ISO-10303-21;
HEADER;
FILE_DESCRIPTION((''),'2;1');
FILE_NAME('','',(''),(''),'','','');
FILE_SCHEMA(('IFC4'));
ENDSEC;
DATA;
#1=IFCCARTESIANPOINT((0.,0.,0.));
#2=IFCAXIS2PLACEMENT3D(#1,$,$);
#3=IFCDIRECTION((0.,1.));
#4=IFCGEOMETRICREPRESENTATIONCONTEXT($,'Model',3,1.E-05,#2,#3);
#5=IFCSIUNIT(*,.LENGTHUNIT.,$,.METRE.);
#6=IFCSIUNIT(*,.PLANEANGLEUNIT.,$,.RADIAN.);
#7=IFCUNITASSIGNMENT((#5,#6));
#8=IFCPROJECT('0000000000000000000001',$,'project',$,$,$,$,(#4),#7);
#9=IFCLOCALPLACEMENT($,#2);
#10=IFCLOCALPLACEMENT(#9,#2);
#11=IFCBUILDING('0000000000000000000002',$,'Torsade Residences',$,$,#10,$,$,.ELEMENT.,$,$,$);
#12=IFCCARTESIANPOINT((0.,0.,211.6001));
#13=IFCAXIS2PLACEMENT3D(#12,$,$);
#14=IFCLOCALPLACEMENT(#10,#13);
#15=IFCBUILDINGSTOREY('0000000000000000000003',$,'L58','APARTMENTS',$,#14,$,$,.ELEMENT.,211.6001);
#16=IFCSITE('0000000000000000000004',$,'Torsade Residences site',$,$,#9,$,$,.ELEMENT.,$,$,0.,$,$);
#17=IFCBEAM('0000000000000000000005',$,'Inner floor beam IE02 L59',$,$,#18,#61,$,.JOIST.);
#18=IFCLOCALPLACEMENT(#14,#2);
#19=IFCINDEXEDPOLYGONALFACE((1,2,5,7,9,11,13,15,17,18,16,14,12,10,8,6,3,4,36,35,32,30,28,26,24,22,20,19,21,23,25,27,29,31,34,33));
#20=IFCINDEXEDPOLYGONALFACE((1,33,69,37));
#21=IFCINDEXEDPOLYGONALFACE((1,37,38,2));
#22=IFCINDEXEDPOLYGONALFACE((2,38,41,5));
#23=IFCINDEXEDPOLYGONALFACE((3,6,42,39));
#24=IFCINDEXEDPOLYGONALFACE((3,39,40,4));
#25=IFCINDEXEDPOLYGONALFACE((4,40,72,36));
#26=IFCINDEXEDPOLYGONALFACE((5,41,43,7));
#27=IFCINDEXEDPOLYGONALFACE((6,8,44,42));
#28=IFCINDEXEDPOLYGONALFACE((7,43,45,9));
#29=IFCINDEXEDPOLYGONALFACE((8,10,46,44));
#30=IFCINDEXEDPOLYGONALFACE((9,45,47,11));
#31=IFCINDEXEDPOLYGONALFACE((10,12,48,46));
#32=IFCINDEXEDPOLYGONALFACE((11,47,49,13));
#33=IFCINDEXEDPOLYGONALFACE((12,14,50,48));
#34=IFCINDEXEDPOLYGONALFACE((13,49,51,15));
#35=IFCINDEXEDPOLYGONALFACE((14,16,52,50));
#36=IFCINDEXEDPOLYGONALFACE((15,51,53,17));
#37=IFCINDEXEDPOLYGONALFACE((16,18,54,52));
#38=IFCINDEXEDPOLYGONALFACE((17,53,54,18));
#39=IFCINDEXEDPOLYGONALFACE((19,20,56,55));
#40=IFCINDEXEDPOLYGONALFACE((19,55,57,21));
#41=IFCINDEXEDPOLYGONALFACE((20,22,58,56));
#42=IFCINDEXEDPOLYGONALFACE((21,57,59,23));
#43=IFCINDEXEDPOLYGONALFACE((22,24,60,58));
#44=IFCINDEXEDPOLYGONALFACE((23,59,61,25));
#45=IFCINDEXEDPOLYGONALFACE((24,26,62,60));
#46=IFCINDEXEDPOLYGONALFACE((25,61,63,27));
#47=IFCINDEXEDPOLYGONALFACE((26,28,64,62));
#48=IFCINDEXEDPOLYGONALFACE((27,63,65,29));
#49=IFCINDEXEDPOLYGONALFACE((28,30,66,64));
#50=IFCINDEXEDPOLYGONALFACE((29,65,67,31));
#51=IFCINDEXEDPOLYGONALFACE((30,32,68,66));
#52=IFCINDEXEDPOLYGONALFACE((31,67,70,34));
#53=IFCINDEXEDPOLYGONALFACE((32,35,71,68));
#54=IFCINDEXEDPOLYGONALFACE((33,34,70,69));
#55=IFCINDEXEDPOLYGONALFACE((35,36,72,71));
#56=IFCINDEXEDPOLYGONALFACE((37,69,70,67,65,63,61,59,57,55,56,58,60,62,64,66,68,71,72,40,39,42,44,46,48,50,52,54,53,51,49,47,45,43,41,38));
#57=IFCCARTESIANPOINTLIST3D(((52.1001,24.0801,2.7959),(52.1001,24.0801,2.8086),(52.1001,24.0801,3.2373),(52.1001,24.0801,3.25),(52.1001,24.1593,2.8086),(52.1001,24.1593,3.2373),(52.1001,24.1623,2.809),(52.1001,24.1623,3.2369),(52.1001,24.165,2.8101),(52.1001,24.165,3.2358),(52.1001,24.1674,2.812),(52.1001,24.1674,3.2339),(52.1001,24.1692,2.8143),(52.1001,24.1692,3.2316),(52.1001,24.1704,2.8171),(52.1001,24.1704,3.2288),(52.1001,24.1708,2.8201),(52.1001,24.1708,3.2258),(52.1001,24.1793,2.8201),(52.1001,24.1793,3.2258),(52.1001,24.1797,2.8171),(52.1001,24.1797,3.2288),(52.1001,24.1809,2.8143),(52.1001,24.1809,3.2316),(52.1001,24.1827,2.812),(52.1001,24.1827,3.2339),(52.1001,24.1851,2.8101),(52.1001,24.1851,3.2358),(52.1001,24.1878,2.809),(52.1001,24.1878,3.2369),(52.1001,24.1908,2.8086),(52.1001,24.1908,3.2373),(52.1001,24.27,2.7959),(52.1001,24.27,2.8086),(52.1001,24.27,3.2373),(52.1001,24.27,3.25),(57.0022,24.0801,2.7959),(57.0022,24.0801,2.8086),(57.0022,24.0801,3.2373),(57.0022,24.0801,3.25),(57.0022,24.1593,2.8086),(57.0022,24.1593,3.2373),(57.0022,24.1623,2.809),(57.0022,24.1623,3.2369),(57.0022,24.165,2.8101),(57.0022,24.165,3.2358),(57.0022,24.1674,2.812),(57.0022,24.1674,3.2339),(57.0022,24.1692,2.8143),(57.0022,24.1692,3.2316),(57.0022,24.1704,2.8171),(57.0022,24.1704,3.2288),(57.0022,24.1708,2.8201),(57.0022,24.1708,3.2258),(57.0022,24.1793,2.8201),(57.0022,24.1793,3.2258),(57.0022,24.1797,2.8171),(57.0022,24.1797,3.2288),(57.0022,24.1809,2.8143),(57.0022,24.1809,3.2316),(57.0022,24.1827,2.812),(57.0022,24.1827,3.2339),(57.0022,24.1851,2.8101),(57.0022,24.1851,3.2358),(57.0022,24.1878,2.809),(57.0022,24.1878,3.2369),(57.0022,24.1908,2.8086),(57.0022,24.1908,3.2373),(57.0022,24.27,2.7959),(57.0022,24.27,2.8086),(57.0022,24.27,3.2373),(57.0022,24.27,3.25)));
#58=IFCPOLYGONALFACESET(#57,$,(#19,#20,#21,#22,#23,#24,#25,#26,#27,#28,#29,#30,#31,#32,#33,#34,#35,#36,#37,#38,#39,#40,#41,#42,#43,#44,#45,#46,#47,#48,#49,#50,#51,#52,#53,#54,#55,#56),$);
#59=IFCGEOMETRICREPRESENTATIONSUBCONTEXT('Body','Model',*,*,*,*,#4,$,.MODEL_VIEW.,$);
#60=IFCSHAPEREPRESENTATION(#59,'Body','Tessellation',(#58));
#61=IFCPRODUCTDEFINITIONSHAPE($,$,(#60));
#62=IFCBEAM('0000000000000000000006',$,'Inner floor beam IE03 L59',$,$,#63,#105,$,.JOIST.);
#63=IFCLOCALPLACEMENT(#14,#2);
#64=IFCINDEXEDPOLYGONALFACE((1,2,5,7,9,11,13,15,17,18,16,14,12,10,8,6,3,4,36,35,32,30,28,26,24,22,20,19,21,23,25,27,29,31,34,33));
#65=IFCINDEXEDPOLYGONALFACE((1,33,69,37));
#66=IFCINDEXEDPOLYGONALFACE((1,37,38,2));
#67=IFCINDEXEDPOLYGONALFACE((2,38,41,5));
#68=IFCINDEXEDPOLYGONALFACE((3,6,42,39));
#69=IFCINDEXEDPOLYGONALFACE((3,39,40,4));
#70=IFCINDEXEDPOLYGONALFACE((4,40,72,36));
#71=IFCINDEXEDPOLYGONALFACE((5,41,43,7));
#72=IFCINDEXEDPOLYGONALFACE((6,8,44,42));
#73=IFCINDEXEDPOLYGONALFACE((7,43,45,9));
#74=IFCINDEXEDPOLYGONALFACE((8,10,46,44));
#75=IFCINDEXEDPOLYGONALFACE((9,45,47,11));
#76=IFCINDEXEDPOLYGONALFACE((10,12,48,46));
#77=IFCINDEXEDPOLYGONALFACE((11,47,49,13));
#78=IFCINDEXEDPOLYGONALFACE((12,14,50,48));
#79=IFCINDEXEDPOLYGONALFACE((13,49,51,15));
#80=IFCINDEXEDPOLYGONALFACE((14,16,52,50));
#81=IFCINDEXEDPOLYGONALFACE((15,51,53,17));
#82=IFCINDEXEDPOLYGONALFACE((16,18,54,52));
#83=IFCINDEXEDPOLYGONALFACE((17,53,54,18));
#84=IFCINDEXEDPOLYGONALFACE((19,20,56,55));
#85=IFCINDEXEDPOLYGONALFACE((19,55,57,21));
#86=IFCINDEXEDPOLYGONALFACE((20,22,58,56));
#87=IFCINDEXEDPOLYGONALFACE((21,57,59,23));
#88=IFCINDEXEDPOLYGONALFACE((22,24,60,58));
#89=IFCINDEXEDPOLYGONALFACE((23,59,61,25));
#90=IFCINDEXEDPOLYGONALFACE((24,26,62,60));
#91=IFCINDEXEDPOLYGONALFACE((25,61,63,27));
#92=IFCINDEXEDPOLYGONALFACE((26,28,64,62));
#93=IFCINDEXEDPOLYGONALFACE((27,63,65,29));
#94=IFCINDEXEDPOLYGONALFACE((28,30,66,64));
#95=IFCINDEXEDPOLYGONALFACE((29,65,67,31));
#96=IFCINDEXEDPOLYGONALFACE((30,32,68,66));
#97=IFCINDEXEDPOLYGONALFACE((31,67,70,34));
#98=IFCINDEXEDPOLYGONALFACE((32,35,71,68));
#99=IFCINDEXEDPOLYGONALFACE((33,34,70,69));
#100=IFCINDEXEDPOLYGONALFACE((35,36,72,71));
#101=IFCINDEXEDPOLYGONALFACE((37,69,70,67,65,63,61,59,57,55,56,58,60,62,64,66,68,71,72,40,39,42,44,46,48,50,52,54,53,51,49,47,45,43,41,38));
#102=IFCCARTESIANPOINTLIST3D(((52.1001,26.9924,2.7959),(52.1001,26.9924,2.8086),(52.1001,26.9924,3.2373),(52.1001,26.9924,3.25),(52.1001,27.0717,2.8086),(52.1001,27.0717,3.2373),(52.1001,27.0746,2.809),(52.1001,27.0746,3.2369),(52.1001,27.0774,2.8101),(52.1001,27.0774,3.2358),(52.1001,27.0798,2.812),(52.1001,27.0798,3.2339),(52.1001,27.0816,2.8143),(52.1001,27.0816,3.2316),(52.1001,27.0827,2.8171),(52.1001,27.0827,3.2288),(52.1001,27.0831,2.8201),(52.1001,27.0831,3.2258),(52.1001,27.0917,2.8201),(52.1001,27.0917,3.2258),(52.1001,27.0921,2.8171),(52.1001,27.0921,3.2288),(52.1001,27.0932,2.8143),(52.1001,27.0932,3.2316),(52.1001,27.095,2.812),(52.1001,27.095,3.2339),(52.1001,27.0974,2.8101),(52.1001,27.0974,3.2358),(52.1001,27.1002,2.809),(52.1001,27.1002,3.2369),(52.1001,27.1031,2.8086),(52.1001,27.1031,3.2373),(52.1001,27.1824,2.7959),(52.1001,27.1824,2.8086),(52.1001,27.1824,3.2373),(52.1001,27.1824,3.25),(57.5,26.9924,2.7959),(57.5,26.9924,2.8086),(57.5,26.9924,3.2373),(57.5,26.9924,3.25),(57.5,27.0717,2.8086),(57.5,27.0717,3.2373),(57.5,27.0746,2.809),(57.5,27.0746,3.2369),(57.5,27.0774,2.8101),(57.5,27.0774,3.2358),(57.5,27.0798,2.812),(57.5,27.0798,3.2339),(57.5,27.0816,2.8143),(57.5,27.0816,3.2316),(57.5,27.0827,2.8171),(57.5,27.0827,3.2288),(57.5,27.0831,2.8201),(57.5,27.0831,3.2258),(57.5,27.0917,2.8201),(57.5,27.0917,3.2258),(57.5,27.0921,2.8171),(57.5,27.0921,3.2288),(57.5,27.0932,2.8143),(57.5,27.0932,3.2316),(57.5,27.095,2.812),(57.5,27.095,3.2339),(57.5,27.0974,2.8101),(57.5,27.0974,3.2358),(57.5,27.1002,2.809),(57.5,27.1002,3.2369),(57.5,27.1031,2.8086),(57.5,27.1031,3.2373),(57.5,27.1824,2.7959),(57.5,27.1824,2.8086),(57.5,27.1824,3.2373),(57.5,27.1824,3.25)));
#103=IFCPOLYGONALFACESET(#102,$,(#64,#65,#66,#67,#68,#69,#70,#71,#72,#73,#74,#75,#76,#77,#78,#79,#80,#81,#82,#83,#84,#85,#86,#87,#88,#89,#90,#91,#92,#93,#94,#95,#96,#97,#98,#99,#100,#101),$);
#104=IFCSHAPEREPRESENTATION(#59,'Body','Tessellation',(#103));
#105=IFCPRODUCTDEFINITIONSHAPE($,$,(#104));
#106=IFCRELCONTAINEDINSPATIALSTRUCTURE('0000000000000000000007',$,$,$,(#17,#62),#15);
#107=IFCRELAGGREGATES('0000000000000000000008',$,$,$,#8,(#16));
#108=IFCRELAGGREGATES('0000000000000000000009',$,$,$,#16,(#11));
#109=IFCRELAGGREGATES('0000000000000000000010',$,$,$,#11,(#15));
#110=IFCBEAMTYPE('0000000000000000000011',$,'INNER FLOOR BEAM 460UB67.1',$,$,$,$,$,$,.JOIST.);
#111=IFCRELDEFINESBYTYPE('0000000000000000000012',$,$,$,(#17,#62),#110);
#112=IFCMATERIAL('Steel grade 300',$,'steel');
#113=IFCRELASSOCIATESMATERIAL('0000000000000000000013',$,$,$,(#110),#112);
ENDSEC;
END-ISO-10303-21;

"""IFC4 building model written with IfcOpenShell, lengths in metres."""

from ifc_helpers import new_model, si_unit, direction, frame, origin, origin_2d, place, context, subcontext, project, spatial, i_section, extrude, material, material_profile, profile_set, type_object, element, save


model = new_model("IFC4")

# Units and contexts
model_context = context("Model", 3, precision=1e-05, world=origin(), true_north=direction((0.0, 1.0)))
body_context = subcontext(model_context, "Body", "Model", "MODEL_VIEW")
ifc_project = project(units=[si_unit("LENGTHUNIT", "METRE"), si_unit("PLANEANGLEUNIT", "RADIAN")], contexts=[model_context])

# Site, building, storey
site_placement = place(None, origin())
site = spatial("IfcSite", under=ifc_project, at=site_placement, Name="Torsade Residences site", CompositionType="ELEMENT", RefElevation=0.0)
building_placement = place(site_placement, origin())
building = spatial("IfcBuilding", under=site, at=building_placement, Name="Torsade Residences", CompositionType="ELEMENT")
storey_placement = place(building_placement, frame((0.0, 0.0, 211.6001)))
storey = spatial("IfcBuildingStorey", under=building, at=storey_placement, Name="L58", Description="APARTMENTS", CompositionType="ELEMENT", Elevation=211.6001)

# Beams
ifc_material_1 = material(Name="Steel grade 300", Category="steel")
ifc_material_profile = material_profile(ifc_material_1, i_section(OverallWidth=0.1899, OverallDepth=0.4541, WebThickness=0.0085, FlangeThickness=0.0127, FilletRadius=0.0115, at=origin_2d()), Name="460UB67.1")
ifc_profile_set = profile_set([ifc_material_profile], Name="Steel grade 300")
beam_type = type_object("IfcBeamType", Name="INNER FLOOR BEAM 460UB67.1", PredefinedType="JOIST", material=ifc_profile_set)
beam_1_placement = place(storey_placement, frame((52.1001, 24.175, 3.0229), z_axis=(1.0, 0.0, 0.0), x_axis=(0.0, 1.0, 0.0)))
element("IfcBeam", 1, at=beam_1_placement, inside=storey, type_object=beam_type, Name="Inner floor beam IE02 L59", PredefinedType="JOIST", context=body_context, shape_type="SweptSolid", body=[
    extrude(i_section(OverallWidth=0.1899, OverallDepth=0.4541, WebThickness=0.0085, FlangeThickness=0.0127, FilletRadius=0.0115, at=origin_2d()), origin(), (0.0, 0.0, 1.0), 4.9021),
])
beam_2_placement = place(storey_placement, frame((52.1001, 27.0874, 3.0229), z_axis=(1.0, 0.0, 0.0), x_axis=(0.0, 1.0, 0.0)))
element("IfcBeam", 2, at=beam_2_placement, inside=storey, type_object=beam_type, Name="Inner floor beam IE03 L59", PredefinedType="JOIST", context=body_context, shape_type="SweptSolid", body=[
    extrude(i_section(OverallWidth=0.1899, OverallDepth=0.4541, WebThickness=0.0085, FlangeThickness=0.0127, FilletRadius=0.0115, at=origin_2d()), origin(), (0.0, 0.0, 1.0), 5.3999),
])

save(model, "model.ifc")
